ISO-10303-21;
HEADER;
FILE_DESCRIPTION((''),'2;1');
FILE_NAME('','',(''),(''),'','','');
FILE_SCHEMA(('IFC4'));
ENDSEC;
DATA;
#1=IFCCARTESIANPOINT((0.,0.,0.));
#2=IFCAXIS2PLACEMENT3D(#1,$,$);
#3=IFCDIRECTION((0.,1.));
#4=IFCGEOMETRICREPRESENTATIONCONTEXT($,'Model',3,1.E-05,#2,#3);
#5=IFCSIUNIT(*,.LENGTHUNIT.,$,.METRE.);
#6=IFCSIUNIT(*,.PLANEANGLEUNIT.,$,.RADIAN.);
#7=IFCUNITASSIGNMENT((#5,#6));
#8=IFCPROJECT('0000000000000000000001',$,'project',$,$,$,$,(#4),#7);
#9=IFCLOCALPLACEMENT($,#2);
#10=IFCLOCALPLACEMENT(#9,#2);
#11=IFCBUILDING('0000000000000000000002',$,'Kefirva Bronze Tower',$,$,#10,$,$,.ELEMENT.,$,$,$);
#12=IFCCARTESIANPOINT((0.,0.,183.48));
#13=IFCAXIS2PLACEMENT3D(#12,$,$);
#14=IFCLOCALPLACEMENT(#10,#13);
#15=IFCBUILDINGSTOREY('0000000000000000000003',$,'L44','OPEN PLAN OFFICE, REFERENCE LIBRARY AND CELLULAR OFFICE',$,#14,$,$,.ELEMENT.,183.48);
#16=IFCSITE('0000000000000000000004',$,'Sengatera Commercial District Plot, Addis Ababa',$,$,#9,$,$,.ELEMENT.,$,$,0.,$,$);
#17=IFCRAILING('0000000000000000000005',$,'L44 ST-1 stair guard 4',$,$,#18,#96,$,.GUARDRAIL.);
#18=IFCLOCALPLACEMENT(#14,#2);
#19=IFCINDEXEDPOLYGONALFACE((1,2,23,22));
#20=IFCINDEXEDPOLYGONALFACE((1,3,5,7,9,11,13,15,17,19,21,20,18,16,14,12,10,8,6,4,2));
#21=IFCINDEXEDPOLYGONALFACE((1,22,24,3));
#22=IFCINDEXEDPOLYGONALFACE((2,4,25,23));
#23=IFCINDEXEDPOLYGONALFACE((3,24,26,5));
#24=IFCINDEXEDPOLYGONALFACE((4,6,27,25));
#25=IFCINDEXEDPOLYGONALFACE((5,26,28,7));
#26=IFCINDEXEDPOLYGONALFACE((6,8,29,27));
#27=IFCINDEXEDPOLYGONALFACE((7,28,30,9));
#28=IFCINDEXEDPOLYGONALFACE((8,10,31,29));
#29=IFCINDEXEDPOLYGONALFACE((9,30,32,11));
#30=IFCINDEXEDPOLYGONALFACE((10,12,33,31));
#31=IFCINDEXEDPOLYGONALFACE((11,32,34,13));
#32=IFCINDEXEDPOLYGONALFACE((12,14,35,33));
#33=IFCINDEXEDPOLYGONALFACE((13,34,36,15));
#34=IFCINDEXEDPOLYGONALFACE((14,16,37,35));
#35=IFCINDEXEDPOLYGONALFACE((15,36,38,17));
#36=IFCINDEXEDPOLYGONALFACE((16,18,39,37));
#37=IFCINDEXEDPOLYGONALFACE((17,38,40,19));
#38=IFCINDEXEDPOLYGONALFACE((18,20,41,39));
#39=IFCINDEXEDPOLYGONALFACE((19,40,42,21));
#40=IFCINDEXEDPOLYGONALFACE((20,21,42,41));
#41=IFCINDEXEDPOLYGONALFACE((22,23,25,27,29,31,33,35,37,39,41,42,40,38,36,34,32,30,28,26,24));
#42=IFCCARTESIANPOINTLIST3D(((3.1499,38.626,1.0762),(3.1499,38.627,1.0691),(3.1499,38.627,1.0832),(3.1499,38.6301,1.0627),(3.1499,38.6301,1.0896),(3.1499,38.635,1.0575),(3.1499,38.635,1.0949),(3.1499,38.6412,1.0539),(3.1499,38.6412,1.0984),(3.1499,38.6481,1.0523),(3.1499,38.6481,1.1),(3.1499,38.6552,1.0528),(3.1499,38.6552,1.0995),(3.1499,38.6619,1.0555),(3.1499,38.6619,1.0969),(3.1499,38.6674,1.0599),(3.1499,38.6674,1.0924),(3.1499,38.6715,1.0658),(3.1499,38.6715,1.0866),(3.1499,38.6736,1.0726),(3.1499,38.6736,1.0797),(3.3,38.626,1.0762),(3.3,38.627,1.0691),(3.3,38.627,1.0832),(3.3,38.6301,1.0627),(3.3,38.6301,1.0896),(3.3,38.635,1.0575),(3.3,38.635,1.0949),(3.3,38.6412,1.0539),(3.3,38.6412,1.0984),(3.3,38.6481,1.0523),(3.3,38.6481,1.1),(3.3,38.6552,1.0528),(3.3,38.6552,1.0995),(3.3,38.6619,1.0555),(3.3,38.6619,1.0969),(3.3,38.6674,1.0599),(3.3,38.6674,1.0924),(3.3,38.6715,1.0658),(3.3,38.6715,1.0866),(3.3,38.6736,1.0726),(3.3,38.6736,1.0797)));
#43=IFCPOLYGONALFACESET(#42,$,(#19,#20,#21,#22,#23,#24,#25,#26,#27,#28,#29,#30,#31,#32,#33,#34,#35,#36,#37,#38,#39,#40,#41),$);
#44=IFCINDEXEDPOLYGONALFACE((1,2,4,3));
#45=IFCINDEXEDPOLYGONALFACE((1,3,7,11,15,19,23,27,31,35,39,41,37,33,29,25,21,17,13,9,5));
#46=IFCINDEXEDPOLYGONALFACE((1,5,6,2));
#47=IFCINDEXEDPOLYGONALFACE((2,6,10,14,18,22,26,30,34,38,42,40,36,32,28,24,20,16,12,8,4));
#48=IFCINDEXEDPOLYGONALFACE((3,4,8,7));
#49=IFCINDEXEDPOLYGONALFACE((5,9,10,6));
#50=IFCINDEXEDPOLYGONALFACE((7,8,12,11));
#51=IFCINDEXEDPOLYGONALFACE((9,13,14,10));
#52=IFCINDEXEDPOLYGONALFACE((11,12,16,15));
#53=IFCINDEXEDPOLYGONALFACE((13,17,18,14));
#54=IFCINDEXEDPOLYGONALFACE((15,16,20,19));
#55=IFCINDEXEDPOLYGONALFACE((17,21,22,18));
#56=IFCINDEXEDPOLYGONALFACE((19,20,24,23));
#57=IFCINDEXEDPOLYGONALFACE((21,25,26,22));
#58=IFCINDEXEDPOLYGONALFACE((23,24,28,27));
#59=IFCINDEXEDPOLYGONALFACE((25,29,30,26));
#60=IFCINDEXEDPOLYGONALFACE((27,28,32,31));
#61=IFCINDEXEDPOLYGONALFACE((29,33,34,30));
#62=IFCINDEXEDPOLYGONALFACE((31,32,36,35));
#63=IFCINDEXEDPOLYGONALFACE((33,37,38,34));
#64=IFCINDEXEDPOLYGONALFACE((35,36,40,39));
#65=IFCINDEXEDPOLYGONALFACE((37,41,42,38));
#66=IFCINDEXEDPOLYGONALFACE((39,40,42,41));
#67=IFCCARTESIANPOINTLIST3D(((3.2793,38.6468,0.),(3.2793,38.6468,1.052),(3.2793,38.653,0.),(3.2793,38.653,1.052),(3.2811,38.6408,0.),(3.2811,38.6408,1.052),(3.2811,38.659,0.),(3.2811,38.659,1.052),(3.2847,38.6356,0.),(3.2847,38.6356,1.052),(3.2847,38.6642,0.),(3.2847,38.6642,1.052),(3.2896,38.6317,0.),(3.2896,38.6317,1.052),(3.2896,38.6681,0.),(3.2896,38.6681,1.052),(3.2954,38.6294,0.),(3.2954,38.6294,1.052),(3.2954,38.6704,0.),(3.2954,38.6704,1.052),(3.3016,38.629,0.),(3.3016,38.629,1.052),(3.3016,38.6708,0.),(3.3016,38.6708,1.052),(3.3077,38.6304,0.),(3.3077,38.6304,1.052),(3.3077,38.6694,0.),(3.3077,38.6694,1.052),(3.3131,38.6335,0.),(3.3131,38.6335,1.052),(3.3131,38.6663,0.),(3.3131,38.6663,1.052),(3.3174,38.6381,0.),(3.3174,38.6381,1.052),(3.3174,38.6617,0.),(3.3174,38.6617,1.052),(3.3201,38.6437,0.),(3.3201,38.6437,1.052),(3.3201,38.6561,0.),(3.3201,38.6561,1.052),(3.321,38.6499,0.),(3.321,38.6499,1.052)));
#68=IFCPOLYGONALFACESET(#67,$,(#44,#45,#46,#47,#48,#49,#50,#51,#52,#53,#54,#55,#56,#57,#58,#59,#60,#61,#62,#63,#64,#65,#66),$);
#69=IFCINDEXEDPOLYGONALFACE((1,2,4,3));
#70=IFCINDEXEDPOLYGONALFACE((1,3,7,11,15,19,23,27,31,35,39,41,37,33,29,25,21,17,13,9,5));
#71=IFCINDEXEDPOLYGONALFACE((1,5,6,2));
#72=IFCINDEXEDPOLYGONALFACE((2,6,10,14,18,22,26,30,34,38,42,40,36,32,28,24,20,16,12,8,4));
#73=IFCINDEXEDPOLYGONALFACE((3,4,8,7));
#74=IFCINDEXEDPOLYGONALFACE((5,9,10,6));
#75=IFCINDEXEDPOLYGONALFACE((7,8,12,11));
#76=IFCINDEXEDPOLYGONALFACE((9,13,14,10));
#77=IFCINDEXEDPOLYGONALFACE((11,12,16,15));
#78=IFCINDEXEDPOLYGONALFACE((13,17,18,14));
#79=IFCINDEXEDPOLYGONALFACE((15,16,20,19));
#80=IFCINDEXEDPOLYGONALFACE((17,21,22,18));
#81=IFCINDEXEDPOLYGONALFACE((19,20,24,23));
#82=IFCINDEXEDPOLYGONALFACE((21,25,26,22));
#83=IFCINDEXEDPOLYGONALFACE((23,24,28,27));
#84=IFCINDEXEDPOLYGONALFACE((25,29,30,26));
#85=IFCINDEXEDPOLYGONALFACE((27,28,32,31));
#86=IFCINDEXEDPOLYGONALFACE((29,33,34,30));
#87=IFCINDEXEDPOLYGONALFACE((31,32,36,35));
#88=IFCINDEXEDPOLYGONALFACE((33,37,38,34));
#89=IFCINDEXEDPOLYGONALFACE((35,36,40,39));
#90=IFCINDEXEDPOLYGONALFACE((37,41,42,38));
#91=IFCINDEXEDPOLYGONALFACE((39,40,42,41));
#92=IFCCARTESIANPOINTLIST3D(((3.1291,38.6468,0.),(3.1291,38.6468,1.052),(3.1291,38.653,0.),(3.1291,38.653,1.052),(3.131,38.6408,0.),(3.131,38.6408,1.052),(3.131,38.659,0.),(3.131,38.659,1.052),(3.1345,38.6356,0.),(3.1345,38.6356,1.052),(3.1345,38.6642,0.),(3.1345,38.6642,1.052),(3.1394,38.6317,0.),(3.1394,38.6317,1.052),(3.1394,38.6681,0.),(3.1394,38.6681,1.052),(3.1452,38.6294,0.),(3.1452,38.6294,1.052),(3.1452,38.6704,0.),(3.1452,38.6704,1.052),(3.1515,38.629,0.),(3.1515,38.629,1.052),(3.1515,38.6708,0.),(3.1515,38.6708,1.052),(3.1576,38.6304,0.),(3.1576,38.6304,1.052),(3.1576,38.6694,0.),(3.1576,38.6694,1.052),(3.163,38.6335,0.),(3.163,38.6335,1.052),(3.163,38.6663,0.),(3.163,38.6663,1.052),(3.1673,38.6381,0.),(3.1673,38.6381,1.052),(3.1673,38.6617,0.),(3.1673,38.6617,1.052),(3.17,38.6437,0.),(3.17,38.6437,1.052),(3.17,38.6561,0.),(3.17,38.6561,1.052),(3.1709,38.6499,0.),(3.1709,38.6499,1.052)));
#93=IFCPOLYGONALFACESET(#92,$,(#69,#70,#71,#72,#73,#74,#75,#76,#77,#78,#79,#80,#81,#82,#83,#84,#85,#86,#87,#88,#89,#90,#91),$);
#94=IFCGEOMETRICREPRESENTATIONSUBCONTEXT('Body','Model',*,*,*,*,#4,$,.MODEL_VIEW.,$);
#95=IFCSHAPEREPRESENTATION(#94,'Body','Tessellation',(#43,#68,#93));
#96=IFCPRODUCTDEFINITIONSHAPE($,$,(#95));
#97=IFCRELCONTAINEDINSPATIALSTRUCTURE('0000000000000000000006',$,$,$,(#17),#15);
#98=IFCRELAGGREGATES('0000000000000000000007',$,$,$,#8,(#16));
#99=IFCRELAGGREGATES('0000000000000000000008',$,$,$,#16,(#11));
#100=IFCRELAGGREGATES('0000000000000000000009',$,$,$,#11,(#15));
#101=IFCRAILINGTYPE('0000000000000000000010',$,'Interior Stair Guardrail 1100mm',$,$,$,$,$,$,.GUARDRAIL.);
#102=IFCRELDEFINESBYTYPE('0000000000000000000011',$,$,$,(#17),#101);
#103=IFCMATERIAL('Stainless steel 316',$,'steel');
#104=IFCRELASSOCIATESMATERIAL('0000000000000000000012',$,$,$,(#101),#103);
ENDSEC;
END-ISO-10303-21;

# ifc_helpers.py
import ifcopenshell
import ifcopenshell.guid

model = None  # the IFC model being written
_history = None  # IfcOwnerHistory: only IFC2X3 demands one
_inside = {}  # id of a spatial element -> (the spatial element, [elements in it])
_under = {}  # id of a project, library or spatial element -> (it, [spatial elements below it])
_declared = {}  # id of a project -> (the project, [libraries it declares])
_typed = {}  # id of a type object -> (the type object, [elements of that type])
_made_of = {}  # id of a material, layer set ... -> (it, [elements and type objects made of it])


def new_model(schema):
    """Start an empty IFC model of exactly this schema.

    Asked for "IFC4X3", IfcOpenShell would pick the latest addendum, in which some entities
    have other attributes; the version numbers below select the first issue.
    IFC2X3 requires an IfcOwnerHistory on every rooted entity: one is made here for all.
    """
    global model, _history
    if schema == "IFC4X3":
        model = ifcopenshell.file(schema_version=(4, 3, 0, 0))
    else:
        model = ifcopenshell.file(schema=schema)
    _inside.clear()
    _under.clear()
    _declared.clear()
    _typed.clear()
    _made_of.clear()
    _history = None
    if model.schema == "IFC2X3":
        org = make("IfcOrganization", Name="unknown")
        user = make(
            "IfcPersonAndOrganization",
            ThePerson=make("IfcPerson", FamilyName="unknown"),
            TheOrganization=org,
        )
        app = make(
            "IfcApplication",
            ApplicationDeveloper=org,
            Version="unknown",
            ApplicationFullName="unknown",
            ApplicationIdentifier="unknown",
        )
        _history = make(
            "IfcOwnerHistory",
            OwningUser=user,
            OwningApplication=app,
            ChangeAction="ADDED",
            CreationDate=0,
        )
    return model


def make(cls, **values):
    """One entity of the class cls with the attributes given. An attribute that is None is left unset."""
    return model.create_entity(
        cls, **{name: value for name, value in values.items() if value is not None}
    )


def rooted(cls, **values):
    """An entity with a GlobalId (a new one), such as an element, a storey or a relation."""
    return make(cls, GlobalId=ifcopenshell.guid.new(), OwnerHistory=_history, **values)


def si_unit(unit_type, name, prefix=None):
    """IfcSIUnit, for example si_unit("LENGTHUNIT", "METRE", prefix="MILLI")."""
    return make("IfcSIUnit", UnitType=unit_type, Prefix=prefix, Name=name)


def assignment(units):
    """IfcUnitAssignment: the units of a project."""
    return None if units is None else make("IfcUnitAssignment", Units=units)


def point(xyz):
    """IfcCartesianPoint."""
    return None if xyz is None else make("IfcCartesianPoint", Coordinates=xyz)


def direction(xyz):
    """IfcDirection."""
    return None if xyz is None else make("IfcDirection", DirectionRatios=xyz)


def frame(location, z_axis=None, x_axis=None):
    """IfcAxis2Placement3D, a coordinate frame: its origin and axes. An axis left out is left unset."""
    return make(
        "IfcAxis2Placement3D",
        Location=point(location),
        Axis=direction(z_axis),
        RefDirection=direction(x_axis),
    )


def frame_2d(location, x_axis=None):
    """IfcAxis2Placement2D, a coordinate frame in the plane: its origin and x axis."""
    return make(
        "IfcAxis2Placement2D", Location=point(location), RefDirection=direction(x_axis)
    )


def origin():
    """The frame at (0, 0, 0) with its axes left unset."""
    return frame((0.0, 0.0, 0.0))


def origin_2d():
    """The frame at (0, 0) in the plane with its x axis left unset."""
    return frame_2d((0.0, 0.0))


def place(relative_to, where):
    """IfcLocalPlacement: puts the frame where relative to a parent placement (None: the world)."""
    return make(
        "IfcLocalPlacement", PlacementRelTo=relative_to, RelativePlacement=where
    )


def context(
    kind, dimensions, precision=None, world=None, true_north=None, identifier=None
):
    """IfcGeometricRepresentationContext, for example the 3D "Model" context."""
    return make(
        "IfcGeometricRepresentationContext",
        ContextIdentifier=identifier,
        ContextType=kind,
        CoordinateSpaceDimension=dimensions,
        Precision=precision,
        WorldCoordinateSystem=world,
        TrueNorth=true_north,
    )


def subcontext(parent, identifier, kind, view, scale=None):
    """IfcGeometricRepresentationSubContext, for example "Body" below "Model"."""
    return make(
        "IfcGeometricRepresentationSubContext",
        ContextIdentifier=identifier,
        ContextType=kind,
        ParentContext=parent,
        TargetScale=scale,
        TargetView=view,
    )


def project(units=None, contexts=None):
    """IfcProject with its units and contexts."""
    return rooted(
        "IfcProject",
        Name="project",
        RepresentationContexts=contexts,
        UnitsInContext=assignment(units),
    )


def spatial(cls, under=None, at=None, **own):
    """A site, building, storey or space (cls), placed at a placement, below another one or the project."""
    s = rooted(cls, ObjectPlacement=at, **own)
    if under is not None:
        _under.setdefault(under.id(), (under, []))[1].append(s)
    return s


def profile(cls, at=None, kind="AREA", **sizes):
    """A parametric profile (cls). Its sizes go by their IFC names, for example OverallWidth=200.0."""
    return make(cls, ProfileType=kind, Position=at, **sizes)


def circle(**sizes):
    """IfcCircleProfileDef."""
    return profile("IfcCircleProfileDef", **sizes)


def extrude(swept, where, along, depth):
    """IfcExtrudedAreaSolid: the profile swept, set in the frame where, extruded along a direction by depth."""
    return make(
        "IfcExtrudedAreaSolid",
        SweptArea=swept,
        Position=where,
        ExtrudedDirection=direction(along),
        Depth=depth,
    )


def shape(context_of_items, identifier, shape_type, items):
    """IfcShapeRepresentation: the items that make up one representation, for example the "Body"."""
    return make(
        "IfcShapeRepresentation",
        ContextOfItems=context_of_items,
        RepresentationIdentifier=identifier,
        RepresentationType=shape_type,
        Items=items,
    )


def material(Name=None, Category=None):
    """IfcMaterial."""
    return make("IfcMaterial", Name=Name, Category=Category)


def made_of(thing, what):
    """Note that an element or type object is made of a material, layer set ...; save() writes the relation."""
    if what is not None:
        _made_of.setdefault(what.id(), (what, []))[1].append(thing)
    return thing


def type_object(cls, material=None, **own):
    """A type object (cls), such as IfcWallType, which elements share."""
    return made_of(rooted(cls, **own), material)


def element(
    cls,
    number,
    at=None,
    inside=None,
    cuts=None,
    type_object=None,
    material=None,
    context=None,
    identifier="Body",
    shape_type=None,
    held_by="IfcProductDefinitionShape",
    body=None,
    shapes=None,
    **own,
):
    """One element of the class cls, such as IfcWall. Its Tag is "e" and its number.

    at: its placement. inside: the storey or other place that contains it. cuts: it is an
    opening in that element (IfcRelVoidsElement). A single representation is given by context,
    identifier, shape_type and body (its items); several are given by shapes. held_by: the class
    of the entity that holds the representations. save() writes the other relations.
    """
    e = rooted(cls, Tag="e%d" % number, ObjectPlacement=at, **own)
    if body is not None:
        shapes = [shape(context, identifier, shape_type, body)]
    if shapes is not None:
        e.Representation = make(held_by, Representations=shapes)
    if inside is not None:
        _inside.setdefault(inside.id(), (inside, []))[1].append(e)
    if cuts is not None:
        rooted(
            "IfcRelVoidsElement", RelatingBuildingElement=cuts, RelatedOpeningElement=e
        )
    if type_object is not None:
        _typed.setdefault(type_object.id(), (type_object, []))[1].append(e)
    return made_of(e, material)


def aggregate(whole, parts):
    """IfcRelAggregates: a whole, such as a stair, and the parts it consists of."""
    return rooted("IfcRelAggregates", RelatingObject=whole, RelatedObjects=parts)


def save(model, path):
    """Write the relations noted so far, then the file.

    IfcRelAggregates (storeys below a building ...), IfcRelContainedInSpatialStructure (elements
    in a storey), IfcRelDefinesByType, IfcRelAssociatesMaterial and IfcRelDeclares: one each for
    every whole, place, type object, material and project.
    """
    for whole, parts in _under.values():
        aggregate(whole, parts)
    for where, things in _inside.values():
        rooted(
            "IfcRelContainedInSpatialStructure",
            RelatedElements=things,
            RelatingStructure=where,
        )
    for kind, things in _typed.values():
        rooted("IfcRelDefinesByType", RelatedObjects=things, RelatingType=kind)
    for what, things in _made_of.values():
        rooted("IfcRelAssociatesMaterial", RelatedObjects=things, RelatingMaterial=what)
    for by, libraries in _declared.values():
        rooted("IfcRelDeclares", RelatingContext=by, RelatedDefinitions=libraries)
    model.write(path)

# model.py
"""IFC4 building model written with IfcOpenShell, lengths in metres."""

from ifc_helpers import new_model, si_unit, direction, frame, origin, origin_2d, place, context, subcontext, project, spatial, circle, extrude, material, type_object, element, save


model = new_model("IFC4")

# Units and contexts
model_context = context("Model", 3, precision=1e-05, world=origin(), true_north=direction((0.0, 1.0)))
body_context = subcontext(model_context, "Body", "Model", "MODEL_VIEW")
ifc_project = project(units=[si_unit("LENGTHUNIT", "METRE"), si_unit("PLANEANGLEUNIT", "RADIAN")], contexts=[model_context])

# Site, building, storey
site_placement = place(None, origin())
site = spatial("IfcSite", under=ifc_project, at=site_placement, Name="Sengatera Commercial District Plot, Addis Ababa", CompositionType="ELEMENT", RefElevation=0.0)
building_placement = place(site_placement, origin())
building = spatial("IfcBuilding", under=site, at=building_placement, Name="Kefirva Bronze Tower", CompositionType="ELEMENT")
storey_placement = place(building_placement, frame((0.0, 0.0, 183.48)))
storey = spatial("IfcBuildingStorey", under=building, at=storey_placement, Name="L44", Description="OPEN PLAN OFFICE, REFERENCE LIBRARY AND CELLULAR OFFICE", CompositionType="ELEMENT", Elevation=183.48)

# Railing
ifc_material_1 = material(Name="Stainless steel 316", Category="steel")
railing_type_1 = type_object("IfcRailingType", Name="Interior Stair Guardrail 1100mm", PredefinedType="GUARDRAIL", material=ifc_material_1)
railing_1_placement = place(storey_placement, frame((3.3, 38.6499, 0.0)))
element("IfcRailing", 1, at=railing_1_placement, inside=storey, type_object=railing_type_1, Name="L44 ST-1 stair guard 4", PredefinedType="GUARDRAIL", context=body_context, shape_type="SweptSolid", body=[
    extrude(circle(Radius=0.0239, at=origin_2d()), frame((0.0, 0.0, 1.0762), z_axis=(-1.0, 0.0, 0.0), x_axis=(0.0, -1.0, 0.0)), (0.0, 0.0, 1.0), 0.1501),
    extrude(circle(Radius=0.021, at=origin_2d()), origin(), (0.0, 0.0, 1.0), 1.052),
    extrude(circle(Radius=0.021, at=origin_2d()), frame((-0.1501, 0.0, 0.0)), (0.0, 0.0, 1.0), 1.052),
])

save(model, "model.ifc")
